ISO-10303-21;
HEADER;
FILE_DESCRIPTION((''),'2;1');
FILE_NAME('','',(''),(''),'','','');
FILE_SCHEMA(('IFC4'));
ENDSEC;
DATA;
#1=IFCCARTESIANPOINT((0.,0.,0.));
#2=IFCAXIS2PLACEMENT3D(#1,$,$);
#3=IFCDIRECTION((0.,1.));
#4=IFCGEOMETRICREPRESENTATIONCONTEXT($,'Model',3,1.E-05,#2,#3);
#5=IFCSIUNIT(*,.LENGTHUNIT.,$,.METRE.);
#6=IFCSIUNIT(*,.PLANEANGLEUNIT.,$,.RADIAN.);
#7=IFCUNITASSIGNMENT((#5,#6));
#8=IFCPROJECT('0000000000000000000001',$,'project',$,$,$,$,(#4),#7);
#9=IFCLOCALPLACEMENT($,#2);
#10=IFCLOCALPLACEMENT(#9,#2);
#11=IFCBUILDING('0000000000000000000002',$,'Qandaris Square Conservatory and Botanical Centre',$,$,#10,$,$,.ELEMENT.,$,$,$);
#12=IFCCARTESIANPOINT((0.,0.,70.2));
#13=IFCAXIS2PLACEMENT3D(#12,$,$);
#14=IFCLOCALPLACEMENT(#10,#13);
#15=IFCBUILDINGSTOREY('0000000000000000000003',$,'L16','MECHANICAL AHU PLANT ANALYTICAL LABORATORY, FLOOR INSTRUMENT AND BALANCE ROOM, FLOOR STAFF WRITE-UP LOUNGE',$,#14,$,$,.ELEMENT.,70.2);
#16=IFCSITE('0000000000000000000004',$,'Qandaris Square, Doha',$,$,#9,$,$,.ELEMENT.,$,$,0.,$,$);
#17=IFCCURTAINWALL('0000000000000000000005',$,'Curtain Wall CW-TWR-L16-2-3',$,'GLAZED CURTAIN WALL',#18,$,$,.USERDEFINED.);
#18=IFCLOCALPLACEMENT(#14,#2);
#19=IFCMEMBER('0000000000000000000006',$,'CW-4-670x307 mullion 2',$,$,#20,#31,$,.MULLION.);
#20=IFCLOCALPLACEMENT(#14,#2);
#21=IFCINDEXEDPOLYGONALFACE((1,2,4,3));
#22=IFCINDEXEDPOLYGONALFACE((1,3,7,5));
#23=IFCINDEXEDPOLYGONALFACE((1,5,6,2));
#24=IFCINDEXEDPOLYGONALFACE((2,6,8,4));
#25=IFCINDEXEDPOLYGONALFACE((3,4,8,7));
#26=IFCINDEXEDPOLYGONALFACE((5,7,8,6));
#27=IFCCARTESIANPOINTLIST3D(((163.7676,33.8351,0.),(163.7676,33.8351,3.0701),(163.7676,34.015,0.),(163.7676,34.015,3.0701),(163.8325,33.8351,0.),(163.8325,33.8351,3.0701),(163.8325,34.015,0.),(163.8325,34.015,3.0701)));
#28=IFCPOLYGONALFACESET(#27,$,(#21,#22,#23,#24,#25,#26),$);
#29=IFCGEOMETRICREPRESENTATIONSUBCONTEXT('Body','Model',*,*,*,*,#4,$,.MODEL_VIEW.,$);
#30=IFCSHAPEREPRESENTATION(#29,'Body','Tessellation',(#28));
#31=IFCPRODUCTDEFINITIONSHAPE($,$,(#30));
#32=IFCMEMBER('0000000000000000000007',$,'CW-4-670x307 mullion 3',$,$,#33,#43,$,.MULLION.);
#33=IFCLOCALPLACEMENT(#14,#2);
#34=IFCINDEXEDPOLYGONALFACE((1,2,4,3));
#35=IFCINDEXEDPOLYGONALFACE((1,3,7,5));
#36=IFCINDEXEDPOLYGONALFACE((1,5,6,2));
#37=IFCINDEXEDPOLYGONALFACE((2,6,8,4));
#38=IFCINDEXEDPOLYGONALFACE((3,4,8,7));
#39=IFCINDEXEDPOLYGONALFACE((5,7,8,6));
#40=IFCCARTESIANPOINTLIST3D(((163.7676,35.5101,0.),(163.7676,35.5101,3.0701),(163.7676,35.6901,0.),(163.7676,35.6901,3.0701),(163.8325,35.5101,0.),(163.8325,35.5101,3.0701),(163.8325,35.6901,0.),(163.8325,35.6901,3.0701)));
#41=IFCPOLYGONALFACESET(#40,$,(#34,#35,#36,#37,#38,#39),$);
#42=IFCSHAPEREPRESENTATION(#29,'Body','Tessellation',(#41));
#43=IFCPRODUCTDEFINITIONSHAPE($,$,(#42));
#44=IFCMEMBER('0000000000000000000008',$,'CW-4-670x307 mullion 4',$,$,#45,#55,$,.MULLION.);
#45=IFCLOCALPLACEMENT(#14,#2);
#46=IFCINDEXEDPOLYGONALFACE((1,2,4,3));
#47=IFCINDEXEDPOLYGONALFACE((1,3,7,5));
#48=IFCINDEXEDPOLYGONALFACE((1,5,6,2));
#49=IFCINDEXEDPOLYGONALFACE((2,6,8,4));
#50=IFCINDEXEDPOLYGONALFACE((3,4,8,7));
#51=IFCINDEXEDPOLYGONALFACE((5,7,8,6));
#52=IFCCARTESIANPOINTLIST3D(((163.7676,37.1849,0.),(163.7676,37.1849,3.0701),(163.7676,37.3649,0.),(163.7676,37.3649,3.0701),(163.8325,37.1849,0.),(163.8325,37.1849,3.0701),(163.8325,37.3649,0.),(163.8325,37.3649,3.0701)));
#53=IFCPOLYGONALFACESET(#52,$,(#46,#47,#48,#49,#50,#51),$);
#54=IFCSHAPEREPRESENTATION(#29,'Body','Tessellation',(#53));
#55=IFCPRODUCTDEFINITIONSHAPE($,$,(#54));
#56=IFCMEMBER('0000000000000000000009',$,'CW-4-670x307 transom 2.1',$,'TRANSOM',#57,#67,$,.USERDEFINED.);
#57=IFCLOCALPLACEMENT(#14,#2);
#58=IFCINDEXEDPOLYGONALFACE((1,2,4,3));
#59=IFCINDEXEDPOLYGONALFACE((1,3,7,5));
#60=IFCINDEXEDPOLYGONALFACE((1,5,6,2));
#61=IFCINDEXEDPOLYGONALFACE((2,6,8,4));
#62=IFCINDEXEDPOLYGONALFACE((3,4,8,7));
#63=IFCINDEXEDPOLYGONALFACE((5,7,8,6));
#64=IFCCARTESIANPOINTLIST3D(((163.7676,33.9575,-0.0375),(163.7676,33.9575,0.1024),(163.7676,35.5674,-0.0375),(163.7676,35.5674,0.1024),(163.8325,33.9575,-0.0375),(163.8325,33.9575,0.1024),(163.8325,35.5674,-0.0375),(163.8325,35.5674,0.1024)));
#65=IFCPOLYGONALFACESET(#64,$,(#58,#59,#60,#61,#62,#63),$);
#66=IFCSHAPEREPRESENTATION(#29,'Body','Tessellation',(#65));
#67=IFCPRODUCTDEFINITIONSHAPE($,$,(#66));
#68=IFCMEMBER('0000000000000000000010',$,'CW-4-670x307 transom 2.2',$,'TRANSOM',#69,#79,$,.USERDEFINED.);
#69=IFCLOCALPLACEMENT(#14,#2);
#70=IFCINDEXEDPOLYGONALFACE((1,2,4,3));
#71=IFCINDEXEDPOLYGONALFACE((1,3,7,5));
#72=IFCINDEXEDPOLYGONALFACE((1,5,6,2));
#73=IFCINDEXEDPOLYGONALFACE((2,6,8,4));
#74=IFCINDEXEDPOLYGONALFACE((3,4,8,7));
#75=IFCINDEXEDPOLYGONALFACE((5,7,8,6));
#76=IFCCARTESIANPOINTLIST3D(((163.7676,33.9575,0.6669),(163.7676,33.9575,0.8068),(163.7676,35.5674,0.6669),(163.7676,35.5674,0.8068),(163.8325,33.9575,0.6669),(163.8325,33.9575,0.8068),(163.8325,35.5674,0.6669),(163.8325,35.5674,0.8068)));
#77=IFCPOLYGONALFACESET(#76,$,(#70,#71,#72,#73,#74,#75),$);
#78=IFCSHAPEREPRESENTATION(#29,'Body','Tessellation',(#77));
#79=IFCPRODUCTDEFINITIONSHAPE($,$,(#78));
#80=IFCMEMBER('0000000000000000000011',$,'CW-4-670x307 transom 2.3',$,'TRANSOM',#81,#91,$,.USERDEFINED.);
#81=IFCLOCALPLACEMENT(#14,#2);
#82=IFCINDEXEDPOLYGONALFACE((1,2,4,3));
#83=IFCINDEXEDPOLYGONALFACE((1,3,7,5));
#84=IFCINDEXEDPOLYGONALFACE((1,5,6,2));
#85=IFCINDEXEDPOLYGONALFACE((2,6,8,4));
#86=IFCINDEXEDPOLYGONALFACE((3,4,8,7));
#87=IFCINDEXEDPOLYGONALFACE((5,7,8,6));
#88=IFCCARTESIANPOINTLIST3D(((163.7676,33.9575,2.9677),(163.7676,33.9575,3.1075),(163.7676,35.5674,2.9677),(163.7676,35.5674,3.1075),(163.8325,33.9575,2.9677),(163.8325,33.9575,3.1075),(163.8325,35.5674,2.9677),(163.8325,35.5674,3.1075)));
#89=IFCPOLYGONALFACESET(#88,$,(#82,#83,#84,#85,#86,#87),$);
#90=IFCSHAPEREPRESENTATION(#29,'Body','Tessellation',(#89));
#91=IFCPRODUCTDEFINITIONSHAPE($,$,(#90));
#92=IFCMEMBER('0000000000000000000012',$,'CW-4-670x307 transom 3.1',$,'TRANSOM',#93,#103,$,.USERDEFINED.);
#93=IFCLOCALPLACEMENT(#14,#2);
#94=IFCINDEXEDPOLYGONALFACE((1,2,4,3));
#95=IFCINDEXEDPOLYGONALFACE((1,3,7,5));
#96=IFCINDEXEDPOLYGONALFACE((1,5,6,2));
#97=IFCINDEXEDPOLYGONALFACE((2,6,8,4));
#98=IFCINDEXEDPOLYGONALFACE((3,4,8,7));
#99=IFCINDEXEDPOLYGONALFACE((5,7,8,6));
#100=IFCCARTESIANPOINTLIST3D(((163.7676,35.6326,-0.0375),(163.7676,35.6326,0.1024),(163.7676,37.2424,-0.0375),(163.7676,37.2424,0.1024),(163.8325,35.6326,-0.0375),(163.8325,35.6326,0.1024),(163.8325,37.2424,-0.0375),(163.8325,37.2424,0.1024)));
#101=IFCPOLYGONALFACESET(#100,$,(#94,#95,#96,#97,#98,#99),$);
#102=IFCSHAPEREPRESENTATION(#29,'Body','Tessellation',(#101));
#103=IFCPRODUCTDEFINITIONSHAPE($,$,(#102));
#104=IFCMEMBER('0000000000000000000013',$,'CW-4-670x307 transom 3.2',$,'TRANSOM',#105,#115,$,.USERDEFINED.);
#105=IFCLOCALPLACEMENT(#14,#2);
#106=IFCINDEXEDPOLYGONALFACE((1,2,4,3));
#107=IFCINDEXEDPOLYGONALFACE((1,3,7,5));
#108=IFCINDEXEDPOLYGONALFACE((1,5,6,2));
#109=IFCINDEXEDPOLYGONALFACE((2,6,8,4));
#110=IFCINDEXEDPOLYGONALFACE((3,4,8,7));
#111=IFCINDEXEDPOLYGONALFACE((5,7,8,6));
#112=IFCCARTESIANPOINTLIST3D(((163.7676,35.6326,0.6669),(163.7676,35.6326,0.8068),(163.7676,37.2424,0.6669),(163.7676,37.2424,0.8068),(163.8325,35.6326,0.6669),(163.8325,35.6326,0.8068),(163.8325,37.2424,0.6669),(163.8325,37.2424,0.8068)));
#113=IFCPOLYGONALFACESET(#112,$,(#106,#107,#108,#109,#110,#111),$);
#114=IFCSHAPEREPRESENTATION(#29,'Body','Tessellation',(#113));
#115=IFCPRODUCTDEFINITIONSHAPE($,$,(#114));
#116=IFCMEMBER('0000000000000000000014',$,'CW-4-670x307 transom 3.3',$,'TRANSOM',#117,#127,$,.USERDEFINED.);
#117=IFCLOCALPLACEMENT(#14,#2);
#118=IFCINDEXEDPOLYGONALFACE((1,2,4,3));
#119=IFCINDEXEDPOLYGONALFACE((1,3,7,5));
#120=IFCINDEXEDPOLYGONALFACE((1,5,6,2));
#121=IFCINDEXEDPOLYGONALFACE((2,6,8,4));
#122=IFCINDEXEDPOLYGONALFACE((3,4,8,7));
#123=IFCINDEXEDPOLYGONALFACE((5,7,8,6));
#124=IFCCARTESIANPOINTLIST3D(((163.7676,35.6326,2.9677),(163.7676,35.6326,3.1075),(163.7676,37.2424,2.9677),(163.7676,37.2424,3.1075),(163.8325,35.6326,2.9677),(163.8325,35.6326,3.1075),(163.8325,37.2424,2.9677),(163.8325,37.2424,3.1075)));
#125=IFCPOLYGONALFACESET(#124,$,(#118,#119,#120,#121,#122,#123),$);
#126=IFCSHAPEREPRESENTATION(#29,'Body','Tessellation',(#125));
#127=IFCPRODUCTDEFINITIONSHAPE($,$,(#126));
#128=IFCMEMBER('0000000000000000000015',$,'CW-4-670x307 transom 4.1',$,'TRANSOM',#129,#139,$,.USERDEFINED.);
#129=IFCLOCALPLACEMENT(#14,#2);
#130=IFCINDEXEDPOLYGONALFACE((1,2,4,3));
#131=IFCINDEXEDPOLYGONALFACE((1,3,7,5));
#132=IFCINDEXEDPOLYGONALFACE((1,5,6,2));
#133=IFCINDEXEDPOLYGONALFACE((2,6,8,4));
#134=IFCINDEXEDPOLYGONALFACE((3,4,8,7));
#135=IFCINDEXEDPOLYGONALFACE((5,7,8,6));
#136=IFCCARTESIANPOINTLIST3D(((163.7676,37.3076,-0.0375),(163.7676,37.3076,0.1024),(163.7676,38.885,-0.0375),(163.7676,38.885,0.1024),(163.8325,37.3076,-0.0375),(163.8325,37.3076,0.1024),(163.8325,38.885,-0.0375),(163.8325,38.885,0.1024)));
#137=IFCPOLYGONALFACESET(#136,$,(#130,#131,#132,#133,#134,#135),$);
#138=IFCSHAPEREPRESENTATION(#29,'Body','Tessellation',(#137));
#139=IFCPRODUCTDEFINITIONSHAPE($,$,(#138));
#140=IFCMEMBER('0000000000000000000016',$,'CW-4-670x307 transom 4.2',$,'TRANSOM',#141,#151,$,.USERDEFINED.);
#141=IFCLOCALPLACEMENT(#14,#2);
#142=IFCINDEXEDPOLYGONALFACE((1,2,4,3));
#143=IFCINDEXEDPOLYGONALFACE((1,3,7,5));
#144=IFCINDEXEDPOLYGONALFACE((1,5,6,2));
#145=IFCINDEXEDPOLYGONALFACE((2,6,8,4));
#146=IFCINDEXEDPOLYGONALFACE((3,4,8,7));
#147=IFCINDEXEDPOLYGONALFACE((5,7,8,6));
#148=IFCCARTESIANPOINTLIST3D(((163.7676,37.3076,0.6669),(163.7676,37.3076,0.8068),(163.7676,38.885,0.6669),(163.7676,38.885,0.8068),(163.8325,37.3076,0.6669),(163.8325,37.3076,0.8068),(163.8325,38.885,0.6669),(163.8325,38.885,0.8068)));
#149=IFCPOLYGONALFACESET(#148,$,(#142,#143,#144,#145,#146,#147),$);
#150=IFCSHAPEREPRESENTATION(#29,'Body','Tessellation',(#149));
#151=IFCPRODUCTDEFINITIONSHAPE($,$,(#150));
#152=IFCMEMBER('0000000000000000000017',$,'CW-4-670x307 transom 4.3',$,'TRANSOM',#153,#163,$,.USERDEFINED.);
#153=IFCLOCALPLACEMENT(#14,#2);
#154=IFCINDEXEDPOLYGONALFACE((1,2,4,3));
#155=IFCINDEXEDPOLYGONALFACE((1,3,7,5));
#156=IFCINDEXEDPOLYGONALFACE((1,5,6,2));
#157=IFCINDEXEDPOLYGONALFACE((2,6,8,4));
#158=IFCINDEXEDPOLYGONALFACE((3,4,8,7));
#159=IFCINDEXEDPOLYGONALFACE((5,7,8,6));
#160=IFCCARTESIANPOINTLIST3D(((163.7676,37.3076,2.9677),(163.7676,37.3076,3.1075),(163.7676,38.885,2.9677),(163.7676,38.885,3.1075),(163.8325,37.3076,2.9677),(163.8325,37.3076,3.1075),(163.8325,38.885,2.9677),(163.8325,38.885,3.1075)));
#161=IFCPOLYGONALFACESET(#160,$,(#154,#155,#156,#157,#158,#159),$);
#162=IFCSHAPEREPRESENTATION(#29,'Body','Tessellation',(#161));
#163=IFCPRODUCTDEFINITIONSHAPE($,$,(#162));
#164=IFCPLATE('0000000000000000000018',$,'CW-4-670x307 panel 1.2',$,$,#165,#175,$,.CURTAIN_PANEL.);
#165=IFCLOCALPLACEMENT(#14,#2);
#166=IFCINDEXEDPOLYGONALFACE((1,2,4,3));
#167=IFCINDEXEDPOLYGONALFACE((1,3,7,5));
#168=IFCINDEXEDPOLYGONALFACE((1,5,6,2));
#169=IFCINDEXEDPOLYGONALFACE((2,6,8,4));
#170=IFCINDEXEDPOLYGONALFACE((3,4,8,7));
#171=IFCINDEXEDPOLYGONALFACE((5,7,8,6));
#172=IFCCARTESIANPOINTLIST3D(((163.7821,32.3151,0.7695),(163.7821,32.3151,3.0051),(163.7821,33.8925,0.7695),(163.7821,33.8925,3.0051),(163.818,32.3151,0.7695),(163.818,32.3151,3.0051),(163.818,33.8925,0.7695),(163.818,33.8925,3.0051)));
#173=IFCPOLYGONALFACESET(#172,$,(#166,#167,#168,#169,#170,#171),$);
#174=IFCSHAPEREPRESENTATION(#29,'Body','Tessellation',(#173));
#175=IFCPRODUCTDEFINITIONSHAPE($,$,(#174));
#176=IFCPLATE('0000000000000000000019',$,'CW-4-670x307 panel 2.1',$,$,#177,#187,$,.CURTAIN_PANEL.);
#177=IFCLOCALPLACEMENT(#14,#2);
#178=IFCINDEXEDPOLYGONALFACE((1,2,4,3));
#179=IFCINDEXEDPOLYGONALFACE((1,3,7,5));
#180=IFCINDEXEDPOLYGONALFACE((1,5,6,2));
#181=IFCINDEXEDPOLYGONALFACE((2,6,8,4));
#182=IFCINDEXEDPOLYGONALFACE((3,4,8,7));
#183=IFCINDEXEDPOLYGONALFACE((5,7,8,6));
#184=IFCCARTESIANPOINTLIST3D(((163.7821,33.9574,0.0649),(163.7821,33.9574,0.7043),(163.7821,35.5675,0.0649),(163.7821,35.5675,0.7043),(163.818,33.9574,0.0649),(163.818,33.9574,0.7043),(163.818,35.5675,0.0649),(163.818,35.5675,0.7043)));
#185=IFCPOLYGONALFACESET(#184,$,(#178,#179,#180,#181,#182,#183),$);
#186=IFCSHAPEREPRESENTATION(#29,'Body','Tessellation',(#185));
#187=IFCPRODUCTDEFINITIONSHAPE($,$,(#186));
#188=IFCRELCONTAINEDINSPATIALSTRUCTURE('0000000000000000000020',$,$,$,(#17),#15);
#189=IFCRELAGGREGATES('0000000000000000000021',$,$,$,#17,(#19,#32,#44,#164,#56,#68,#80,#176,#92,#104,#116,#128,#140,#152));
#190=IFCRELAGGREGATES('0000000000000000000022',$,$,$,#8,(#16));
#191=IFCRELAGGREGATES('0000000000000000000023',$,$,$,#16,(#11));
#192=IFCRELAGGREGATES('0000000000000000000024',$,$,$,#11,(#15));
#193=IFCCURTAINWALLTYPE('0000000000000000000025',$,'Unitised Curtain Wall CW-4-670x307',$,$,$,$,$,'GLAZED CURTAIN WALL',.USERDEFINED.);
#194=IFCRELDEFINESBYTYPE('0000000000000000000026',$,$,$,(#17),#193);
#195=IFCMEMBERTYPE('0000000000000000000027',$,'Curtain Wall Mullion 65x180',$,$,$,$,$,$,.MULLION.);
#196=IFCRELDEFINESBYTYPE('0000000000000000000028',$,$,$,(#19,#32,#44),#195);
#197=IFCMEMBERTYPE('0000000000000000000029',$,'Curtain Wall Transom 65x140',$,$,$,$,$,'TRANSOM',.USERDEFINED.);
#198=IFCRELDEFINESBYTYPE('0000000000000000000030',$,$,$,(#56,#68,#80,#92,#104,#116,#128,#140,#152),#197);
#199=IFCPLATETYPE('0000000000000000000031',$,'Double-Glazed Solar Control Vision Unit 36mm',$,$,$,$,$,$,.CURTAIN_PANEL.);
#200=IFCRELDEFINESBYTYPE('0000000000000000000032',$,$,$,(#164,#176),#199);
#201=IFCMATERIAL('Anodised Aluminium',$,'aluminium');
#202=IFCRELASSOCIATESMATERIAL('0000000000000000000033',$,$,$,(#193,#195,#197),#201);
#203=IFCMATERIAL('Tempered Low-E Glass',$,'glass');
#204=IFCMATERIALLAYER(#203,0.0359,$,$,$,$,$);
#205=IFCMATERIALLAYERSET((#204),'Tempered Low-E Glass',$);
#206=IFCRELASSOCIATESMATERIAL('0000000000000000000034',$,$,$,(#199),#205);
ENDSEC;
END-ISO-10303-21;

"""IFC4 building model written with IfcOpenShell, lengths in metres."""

from ifc_helpers import new_model, si_unit, direction, frame, origin, origin_2d, place, context, subcontext, project, spatial, rectangle, extrude, material, layer, layer_set, material_profile, profile_set, type_object, element, aggregate, save


model = new_model("IFC4")

# Units and contexts
model_context = context("Model", 3, precision=1e-05, world=origin(), true_north=direction((0.0, 1.0)))
body_context = subcontext(model_context, "Body", "Model", "MODEL_VIEW")
ifc_project = project(units=[si_unit("LENGTHUNIT", "METRE"), si_unit("PLANEANGLEUNIT", "RADIAN")], contexts=[model_context])

# Site, building, storey
site_placement = place(None, origin())
site = spatial("IfcSite", under=ifc_project, at=site_placement, Name="Qandaris Square, Doha", CompositionType="ELEMENT", RefElevation=0.0)
building_placement = place(site_placement, origin())
building = spatial("IfcBuilding", under=site, at=building_placement, Name="Qandaris Square Conservatory and Botanical Centre", CompositionType="ELEMENT")
storey_placement = place(building_placement, frame((0.0, 0.0, 70.2)))
storey = spatial("IfcBuildingStorey", under=building, at=storey_placement, Name="L16", Description="MECHANICAL AHU PLANT ANALYTICAL LABORATORY, FLOOR INSTRUMENT AND BALANCE ROOM, FLOOR STAFF WRITE-UP LOUNGE", CompositionType="ELEMENT", Elevation=70.2)

# Curtain wall, members, plates
ifc_material_1 = material(Name="Anodised Aluminium", Category="aluminium")
curtain_wall_type = type_object("IfcCurtainWallType", Name="Unitised Curtain Wall CW-4-670x307", ElementType="GLAZED CURTAIN WALL", PredefinedType="USERDEFINED", material=ifc_material_1)
curtain_wall_placement = place(storey_placement, origin())
curtain_wall = element("IfcCurtainWall", 1, at=curtain_wall_placement, inside=storey, type_object=curtain_wall_type, Name="Curtain Wall CW-TWR-L16-2-3", ObjectType="GLAZED CURTAIN WALL", PredefinedType="USERDEFINED")
ifc_material_profile_1 = material_profile(ifc_material_1, rectangle(XDim=0.0649, YDim=0.1799, at=origin_2d()), Name="ALU-MUL 65x180")
ifc_profile_set_1 = profile_set([ifc_material_profile_1], Name="Anodised Aluminium")
member_type_1 = type_object("IfcMemberType", Name="Curtain Wall Mullion 65x180", PredefinedType="MULLION", material=ifc_profile_set_1)
member_1_placement = place(storey_placement, frame((163.8, 33.925, 0.0), z_axis=(0.0, 0.0, 1.0), x_axis=(-1.0, 0.0, 0.0)))
member_1 = element("IfcMember", 2, at=member_1_placement, type_object=member_type_1, Name="CW-4-670x307 mullion 2", PredefinedType="MULLION", context=body_context, shape_type="SweptSolid", body=[
    extrude(rectangle(XDim=0.0649, YDim=0.1799, at=origin_2d()), origin(), (0.0, 0.0, 1.0), 3.0701),
])
member_2_placement = place(storey_placement, frame((163.8, 35.6001, 0.0), z_axis=(0.0, 0.0, 1.0), x_axis=(-1.0, 0.0, 0.0)))
member_2 = element("IfcMember", 3, at=member_2_placement, type_object=member_type_1, Name="CW-4-670x307 mullion 3", PredefinedType="MULLION", context=body_context, shape_type="SweptSolid", body=[
    extrude(rectangle(XDim=0.0649, YDim=0.1799, at=origin_2d()), origin(), (0.0, 0.0, 1.0), 3.0701),
])
member_3_placement = place(storey_placement, frame((163.8, 37.2749, 0.0), z_axis=(0.0, 0.0, 1.0), x_axis=(-1.0, 0.0, 0.0)))
member_3 = element("IfcMember", 4, at=member_3_placement, type_object=member_type_1, Name="CW-4-670x307 mullion 4", PredefinedType="MULLION", context=body_context, shape_type="SweptSolid", body=[
    extrude(rectangle(XDim=0.0649, YDim=0.1799, at=origin_2d()), origin(), (0.0, 0.0, 1.0), 3.0701),
])
ifc_material_profile_2 = material_profile(ifc_material_1, rectangle(XDim=0.0649, YDim=0.1399, at=origin_2d()), Name="ALU-TRN 65x140")
ifc_profile_set_2 = profile_set([ifc_material_profile_2], Name="Anodised Aluminium")
member_type_2 = type_object("IfcMemberType", Name="Curtain Wall Transom 65x140", ElementType="TRANSOM", PredefinedType="USERDEFINED", material=ifc_profile_set_2)
member_4_placement = place(storey_placement, frame((163.8, 33.9575, 0.0325), z_axis=(0.0, 1.0, 0.0), x_axis=(-1.0, 0.0, 0.0)))
member_4 = element("IfcMember", 5, at=member_4_placement, type_object=member_type_2, Name="CW-4-670x307 transom 2.1", ObjectType="TRANSOM", PredefinedType="USERDEFINED", context=body_context, shape_type="SweptSolid", body=[
    extrude(rectangle(XDim=0.0649, YDim=0.1399, at=origin_2d()), origin(), (0.0, 0.0, 1.0), 1.6099),
])
member_5_placement = place(storey_placement, frame((163.8, 33.9575, 0.7368), z_axis=(0.0, 1.0, 0.0), x_axis=(-1.0, 0.0, 0.0)))
member_5 = element("IfcMember", 6, at=member_5_placement, type_object=member_type_2, Name="CW-4-670x307 transom 2.2", ObjectType="TRANSOM", PredefinedType="USERDEFINED", context=body_context, shape_type="SweptSolid", body=[
    extrude(rectangle(XDim=0.0649, YDim=0.1399, at=origin_2d()), origin(), (0.0, 0.0, 1.0), 1.6099),
])
member_6_placement = place(storey_placement, frame((163.8, 33.9575, 3.0376), z_axis=(0.0, 1.0, 0.0), x_axis=(-1.0, 0.0, 0.0)))
member_6 = element("IfcMember", 7, at=member_6_placement, type_object=member_type_2, Name="CW-4-670x307 transom 2.3", ObjectType="TRANSOM", PredefinedType="USERDEFINED", context=body_context, shape_type="SweptSolid", body=[
    extrude(rectangle(XDim=0.0649, YDim=0.1399, at=origin_2d()), origin(), (0.0, 0.0, 1.0), 1.6099),
])
member_7_placement = place(storey_placement, frame((163.8, 35.6326, 0.0325), z_axis=(0.0, 1.0, 0.0), x_axis=(-1.0, 0.0, 0.0)))
member_7 = element("IfcMember", 8, at=member_7_placement, type_object=member_type_2, Name="CW-4-670x307 transom 3.1", ObjectType="TRANSOM", PredefinedType="USERDEFINED", context=body_context, shape_type="SweptSolid", body=[
    extrude(rectangle(XDim=0.0649, YDim=0.1399, at=origin_2d()), origin(), (0.0, 0.0, 1.0), 1.6099),
])
member_8_placement = place(storey_placement, frame((163.8, 35.6326, 0.7368), z_axis=(0.0, 1.0, 0.0), x_axis=(-1.0, 0.0, 0.0)))
member_8 = element("IfcMember", 9, at=member_8_placement, type_object=member_type_2, Name="CW-4-670x307 transom 3.2", ObjectType="TRANSOM", PredefinedType="USERDEFINED", context=body_context, shape_type="SweptSolid", body=[
    extrude(rectangle(XDim=0.0649, YDim=0.1399, at=origin_2d()), origin(), (0.0, 0.0, 1.0), 1.6099),
])
member_9_placement = place(storey_placement, frame((163.8, 35.6326, 3.0376), z_axis=(0.0, 1.0, 0.0), x_axis=(-1.0, 0.0, 0.0)))
member_9 = element("IfcMember", 10, at=member_9_placement, type_object=member_type_2, Name="CW-4-670x307 transom 3.3", ObjectType="TRANSOM", PredefinedType="USERDEFINED", context=body_context, shape_type="SweptSolid", body=[
    extrude(rectangle(XDim=0.0649, YDim=0.1399, at=origin_2d()), origin(), (0.0, 0.0, 1.0), 1.6099),
])
member_10_placement = place(storey_placement, frame((163.8, 37.3076, 0.0325), z_axis=(0.0, 1.0, 0.0), x_axis=(-1.0, 0.0, 0.0)))
member_10 = element("IfcMember", 11, at=member_10_placement, type_object=member_type_2, Name="CW-4-670x307 transom 4.1", ObjectType="TRANSOM", PredefinedType="USERDEFINED", context=body_context, shape_type="SweptSolid", body=[
    extrude(rectangle(XDim=0.0649, YDim=0.1399, at=origin_2d()), origin(), (0.0, 0.0, 1.0), 1.5774),
])
member_11_placement = place(storey_placement, frame((163.8, 37.3076, 0.7368), z_axis=(0.0, 1.0, 0.0), x_axis=(-1.0, 0.0, 0.0)))
member_11 = element("IfcMember", 12, at=member_11_placement, type_object=member_type_2, Name="CW-4-670x307 transom 4.2", ObjectType="TRANSOM", PredefinedType="USERDEFINED", context=body_context, shape_type="SweptSolid", body=[
    extrude(rectangle(XDim=0.0649, YDim=0.1399, at=origin_2d()), origin(), (0.0, 0.0, 1.0), 1.5774),
])
member_12_placement = place(storey_placement, frame((163.8, 37.3076, 3.0376), z_axis=(0.0, 1.0, 0.0), x_axis=(-1.0, 0.0, 0.0)))
member_12 = element("IfcMember", 13, at=member_12_placement, type_object=member_type_2, Name="CW-4-670x307 transom 4.3", ObjectType="TRANSOM", PredefinedType="USERDEFINED", context=body_context, shape_type="SweptSolid", body=[
    extrude(rectangle(XDim=0.0649, YDim=0.1399, at=origin_2d()), origin(), (0.0, 0.0, 1.0), 1.5774),
])
ifc_material_2 = material(Name="Tempered Low-E Glass", Category="glass")
ifc_layer_1 = layer(ifc_material_2, 0.0359)
ifc_layer_set_1 = layer_set([ifc_layer_1], Name="Tempered Low-E Glass")
plate_type_1 = type_object("IfcPlateType", Name="Double-Glazed Solar Control Vision Unit 36mm", PredefinedType="CURTAIN_PANEL", material=ifc_layer_set_1)
plate_1_placement = place(storey_placement, frame((163.8, 33.1038, 0.7695), z_axis=(0.0, 0.0, 1.0), x_axis=(0.0, 1.0, 0.0)))
plate_1 = element("IfcPlate", 14, at=plate_1_placement, type_object=plate_type_1, Name="CW-4-670x307 panel 1.2", PredefinedType="CURTAIN_PANEL", context=body_context, shape_type="SweptSolid", body=[
    extrude(rectangle(XDim=1.5774, YDim=0.0359, at=origin_2d()), origin(), (0.0, 0.0, 1.0), 2.2356),
])
plate_2_placement = place(storey_placement, frame((163.8, 34.7625, 0.0649), z_axis=(0.0, 0.0, 1.0), x_axis=(0.0, 1.0, 0.0)))
plate_2 = element("IfcPlate", 15, at=plate_2_placement, type_object=plate_type_1, Name="CW-4-670x307 panel 2.1", PredefinedType="CURTAIN_PANEL", context=body_context, shape_type="SweptSolid", body=[
    extrude(rectangle(XDim=1.6101, YDim=0.0359, at=origin_2d()), origin(), (0.0, 0.0, 1.0), 0.6394),
])
aggregate(curtain_wall, [member_1, member_2, member_3, plate_1, member_4, member_5, member_6, plate_2, member_7, member_8, member_9, member_10, member_11, member_12])

save(model, "model.ifc")
